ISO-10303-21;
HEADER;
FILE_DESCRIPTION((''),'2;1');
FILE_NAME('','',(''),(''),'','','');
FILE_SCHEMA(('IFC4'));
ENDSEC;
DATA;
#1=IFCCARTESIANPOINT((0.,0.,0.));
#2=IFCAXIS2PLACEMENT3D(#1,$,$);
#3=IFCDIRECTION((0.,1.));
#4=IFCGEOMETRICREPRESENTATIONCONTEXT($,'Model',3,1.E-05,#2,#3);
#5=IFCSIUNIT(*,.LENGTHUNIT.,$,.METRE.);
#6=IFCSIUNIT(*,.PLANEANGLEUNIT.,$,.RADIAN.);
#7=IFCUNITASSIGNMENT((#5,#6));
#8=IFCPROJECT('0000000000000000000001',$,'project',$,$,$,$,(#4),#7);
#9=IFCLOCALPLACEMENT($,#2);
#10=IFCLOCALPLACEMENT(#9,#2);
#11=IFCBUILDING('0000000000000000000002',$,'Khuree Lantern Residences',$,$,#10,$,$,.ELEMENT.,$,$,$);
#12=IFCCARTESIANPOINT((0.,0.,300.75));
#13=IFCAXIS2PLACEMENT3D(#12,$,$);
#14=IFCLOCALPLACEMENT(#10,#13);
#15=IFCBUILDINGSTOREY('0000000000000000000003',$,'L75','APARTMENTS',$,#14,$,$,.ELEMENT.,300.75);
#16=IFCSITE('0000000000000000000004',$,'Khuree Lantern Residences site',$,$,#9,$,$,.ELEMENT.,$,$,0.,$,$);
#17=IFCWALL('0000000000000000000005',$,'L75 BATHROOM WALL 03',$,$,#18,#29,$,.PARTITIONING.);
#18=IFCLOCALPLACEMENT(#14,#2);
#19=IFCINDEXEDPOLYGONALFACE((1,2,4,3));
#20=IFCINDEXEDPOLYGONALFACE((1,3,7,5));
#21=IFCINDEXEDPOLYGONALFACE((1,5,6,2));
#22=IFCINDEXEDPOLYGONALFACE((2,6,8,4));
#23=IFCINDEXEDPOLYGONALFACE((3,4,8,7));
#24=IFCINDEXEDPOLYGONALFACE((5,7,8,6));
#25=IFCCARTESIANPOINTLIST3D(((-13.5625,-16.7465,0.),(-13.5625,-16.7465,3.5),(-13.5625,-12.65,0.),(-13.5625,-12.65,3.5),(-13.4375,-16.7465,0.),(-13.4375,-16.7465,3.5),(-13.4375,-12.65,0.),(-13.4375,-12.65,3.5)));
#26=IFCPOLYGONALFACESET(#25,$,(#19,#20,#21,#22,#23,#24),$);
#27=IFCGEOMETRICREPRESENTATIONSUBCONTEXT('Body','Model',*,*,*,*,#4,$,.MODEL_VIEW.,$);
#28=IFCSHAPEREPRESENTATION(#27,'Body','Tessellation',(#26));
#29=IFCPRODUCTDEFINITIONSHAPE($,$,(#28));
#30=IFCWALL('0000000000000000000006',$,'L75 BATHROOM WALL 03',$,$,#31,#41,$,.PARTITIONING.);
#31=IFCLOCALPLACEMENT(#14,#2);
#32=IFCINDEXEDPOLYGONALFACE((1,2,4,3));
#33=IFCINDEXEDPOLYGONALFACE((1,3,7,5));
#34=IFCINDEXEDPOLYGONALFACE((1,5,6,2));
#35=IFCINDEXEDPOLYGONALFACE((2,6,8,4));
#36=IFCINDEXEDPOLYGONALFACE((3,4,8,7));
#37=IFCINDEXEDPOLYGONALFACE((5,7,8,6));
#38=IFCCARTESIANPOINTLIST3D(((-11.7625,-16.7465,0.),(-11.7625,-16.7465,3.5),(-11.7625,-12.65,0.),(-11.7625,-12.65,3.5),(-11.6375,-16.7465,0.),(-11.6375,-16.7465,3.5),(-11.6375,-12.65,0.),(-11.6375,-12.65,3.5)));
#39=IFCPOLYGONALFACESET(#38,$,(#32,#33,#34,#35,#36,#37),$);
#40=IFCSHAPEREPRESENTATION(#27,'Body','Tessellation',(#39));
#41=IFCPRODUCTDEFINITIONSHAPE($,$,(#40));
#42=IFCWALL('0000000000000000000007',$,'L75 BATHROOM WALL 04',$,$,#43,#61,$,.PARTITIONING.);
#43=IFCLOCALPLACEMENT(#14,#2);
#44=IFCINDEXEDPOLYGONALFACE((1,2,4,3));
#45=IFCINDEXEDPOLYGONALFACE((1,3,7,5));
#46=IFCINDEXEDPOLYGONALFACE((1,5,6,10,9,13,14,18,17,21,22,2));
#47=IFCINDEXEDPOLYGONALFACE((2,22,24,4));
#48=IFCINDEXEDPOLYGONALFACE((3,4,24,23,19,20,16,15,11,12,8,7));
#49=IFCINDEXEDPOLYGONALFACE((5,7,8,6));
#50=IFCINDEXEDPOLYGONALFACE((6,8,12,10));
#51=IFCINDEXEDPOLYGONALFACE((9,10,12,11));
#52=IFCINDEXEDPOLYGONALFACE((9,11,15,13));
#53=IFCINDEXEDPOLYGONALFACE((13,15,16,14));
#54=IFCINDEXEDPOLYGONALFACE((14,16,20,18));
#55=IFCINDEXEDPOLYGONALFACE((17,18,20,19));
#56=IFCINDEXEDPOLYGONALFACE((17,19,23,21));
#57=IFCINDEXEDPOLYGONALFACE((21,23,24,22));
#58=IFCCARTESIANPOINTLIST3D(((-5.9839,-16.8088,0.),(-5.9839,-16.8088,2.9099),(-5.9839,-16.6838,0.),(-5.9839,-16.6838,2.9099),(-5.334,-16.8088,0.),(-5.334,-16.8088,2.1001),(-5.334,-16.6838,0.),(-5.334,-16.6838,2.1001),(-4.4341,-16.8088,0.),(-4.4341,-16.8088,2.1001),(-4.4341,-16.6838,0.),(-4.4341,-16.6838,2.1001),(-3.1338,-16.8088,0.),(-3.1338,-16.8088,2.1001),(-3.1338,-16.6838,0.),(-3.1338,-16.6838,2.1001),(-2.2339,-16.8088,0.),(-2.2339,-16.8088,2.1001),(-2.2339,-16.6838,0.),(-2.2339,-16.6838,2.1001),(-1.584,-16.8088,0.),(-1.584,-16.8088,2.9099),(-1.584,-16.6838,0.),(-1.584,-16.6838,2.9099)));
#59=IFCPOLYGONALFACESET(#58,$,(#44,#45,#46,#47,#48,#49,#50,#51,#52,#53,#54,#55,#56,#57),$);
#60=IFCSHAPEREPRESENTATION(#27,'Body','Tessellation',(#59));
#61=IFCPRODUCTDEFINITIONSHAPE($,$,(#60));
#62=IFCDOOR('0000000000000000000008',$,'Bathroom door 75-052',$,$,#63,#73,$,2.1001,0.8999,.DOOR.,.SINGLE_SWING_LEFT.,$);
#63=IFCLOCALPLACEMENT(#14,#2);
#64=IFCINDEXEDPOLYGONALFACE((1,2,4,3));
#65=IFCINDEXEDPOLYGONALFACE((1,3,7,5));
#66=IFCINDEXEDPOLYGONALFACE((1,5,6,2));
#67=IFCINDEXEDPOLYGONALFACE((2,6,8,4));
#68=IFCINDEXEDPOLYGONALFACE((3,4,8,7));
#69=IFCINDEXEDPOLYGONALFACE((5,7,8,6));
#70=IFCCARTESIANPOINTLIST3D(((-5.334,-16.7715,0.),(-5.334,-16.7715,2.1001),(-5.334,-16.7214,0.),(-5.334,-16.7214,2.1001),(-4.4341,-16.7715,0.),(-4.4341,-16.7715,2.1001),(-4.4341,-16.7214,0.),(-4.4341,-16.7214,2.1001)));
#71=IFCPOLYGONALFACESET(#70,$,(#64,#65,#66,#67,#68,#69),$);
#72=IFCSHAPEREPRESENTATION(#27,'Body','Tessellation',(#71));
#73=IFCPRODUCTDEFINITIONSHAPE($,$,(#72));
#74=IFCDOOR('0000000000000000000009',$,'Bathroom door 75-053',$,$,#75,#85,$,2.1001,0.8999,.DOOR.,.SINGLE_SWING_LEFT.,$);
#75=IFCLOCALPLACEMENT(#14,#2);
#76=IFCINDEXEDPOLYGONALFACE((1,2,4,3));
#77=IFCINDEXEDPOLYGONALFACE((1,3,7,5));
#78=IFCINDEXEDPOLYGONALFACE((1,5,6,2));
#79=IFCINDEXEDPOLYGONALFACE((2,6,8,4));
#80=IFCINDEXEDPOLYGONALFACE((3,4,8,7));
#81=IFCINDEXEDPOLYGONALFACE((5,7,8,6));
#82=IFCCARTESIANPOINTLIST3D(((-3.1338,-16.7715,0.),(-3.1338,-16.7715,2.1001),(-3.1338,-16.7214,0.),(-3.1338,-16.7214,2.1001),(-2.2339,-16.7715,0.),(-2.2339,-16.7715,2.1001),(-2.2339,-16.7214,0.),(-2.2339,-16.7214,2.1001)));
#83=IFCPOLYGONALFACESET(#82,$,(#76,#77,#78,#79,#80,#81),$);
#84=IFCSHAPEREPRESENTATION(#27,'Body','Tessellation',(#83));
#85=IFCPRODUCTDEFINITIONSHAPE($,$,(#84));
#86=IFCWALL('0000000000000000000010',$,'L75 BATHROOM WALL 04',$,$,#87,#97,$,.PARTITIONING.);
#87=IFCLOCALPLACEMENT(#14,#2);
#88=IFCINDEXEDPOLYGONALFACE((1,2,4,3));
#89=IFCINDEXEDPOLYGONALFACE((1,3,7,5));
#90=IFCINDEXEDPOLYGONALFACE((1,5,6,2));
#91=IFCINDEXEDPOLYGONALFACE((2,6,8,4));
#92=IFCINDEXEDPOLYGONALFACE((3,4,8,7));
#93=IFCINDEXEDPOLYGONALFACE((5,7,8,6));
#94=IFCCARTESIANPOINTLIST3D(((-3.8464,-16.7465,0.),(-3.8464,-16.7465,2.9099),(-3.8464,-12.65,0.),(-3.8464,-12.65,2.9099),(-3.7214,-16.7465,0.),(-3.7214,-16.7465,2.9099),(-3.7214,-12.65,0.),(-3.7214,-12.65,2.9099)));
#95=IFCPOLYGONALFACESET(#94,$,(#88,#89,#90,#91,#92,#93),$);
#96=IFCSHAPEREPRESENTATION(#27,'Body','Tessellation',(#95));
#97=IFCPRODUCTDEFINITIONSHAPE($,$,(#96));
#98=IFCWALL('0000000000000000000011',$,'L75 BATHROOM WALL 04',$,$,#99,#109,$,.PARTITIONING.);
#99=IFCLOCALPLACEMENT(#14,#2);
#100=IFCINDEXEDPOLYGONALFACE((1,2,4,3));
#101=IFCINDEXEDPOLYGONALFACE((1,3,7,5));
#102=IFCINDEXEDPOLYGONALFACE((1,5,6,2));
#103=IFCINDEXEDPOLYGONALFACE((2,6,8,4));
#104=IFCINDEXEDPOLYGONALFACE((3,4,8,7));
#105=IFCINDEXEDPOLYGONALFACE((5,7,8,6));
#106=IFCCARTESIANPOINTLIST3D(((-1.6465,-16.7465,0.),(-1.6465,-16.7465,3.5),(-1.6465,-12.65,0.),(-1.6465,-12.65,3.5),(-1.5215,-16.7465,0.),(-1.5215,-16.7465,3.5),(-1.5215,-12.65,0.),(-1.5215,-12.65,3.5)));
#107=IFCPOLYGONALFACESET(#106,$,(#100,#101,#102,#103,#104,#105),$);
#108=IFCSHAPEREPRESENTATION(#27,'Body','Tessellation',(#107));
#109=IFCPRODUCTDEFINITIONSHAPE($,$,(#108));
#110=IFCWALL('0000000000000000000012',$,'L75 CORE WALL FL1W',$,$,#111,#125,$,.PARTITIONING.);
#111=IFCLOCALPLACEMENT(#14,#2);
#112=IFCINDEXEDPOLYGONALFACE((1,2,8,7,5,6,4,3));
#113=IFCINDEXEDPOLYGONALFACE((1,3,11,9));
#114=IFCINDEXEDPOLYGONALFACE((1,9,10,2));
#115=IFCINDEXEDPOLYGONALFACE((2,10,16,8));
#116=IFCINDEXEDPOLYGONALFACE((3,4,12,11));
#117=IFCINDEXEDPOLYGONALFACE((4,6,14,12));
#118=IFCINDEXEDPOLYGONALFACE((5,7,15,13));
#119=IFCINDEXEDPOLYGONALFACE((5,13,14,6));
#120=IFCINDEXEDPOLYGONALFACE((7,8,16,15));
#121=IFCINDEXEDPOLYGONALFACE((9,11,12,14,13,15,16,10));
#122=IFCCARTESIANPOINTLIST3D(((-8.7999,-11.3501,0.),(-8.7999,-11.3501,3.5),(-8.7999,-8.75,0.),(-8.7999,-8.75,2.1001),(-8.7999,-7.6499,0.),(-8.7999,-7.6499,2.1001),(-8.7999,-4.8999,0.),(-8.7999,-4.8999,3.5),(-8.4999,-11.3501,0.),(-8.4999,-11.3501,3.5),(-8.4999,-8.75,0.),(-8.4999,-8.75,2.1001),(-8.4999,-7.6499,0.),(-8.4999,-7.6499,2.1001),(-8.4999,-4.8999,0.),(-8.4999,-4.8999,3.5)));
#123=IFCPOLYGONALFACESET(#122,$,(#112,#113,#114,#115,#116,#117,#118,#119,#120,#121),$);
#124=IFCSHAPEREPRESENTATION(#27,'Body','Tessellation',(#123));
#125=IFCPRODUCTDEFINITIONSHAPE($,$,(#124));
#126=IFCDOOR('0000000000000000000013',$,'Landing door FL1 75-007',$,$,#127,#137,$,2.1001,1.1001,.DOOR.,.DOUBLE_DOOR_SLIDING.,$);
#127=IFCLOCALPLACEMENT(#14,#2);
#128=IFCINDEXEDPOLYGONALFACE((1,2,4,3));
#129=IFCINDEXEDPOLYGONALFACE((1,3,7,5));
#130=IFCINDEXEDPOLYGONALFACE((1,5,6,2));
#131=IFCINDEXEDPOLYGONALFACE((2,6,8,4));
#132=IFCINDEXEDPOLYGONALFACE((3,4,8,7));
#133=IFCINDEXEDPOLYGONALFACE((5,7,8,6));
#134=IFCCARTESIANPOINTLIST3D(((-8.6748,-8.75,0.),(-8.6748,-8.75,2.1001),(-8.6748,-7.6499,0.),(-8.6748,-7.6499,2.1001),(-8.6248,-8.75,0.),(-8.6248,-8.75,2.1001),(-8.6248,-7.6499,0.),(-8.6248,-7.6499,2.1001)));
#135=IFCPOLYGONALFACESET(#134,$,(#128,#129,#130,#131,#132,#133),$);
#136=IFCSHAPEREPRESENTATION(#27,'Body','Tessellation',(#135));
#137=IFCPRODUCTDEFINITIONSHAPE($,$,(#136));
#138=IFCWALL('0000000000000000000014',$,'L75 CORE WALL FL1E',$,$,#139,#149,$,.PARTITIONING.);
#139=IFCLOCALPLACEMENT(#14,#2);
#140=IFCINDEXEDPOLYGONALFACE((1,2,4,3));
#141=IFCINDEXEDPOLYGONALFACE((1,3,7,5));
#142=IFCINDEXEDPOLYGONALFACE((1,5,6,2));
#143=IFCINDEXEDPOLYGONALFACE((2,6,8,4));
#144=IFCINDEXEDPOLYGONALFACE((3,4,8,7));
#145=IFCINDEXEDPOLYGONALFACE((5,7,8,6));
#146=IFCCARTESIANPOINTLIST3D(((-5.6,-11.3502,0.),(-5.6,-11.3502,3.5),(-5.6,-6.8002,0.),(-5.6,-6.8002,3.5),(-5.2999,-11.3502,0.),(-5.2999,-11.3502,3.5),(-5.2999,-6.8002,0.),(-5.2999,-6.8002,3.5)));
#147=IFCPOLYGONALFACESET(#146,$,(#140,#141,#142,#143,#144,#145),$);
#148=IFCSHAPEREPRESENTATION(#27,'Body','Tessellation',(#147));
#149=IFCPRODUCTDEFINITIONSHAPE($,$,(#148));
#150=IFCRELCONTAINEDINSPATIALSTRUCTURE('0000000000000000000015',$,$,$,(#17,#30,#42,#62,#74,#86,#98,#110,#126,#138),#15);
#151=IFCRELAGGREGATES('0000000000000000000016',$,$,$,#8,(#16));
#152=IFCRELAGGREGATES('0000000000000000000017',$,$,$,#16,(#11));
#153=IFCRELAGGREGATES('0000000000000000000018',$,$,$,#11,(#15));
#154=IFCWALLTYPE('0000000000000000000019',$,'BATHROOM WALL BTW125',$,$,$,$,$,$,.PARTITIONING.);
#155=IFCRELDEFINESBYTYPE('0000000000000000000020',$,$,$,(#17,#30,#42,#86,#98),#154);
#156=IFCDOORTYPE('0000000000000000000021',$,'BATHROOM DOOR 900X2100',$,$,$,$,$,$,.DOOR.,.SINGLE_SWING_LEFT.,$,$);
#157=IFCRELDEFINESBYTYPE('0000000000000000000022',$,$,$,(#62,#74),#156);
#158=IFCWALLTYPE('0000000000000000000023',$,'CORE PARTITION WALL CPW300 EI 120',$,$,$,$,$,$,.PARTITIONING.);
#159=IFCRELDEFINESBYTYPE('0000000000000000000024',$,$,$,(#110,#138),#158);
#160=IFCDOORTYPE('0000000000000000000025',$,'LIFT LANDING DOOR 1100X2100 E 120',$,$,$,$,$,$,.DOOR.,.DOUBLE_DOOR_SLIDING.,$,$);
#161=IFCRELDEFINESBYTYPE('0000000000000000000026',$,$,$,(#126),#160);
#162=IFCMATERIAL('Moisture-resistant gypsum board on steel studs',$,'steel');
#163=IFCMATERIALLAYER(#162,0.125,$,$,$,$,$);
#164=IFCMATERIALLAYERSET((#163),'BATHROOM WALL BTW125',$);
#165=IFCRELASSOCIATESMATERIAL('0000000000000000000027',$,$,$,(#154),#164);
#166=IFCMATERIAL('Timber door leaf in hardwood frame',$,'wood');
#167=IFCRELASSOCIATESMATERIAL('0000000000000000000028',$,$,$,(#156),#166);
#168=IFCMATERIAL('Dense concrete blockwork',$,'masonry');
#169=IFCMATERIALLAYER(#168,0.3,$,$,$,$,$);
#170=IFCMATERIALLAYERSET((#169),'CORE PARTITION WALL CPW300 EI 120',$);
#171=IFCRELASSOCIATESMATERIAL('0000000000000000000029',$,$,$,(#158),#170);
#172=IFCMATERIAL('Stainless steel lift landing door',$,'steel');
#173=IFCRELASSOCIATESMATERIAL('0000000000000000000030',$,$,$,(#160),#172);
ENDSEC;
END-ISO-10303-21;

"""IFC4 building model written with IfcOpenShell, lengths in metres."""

from ifc_helpers import new_model, si_unit, direction, frame, frame_2d, origin, place, context, subcontext, project, spatial, rectangle, extrude, material, layer, layer_set, type_object, element, fill, save


model = new_model("IFC4")

# Units and contexts
model_context = context("Model", 3, precision=1e-05, world=origin(), true_north=direction((0.0, 1.0)))
body_context = subcontext(model_context, "Body", "Model", "MODEL_VIEW")
ifc_project = project(units=[si_unit("LENGTHUNIT", "METRE"), si_unit("PLANEANGLEUNIT", "RADIAN")], contexts=[model_context])

# Site, building, storey
site_placement = place(None, origin())
site = spatial("IfcSite", under=ifc_project, at=site_placement, Name="Khuree Lantern Residences site", CompositionType="ELEMENT", RefElevation=0.0)
building_placement = place(site_placement, origin())
building = spatial("IfcBuilding", under=site, at=building_placement, Name="Khuree Lantern Residences", CompositionType="ELEMENT")
storey_placement = place(building_placement, frame((0.0, 0.0, 300.75)))
storey = spatial("IfcBuildingStorey", under=building, at=storey_placement, Name="L75", Description="APARTMENTS", CompositionType="ELEMENT", Elevation=300.75)

# Walls
ifc_material_1 = material(Name="Moisture-resistant gypsum board on steel studs", Category="steel")
ifc_layer_1 = layer(ifc_material_1, 0.125)
ifc_layer_set_1 = layer_set([ifc_layer_1], Name="BATHROOM WALL BTW125")
wall_type_1 = type_object("IfcWallType", Name="BATHROOM WALL BTW125", PredefinedType="PARTITIONING", material=ifc_layer_set_1)
for number, where, z_axis, x_axis, name in (
    (1, (-13.5, -12.6499, 0.0), (0.0, 0.0, 1.0), (0.0, -1.0, 0.0), "L75 BATHROOM WALL 03"),
    (2, (-11.7, -12.6499, 0.0), (0.0, 0.0, 1.0), (0.0, -1.0, 0.0), "L75 BATHROOM WALL 03"),
):
    element("IfcWall", number, at=place(storey_placement, frame(where, z_axis=z_axis, x_axis=x_axis)), inside=storey, type_object=wall_type_1, Name=name, PredefinedType="PARTITIONING", context=body_context, shape_type="SweptSolid", body=[
        extrude(rectangle(XDim=4.0964, YDim=0.125, at=frame_2d((2.0483, 0.0))), origin(), (0.0, 0.0, 1.0), 3.5),
    ])

# Wall, openings, doors
wall_1_placement = place(storey_placement, frame((-5.9839, -16.7463, 0.0), z_axis=(0.0, 0.0, 1.0), x_axis=(1.0, 0.0, 0.0)))
wall_1 = element("IfcWall", 3, at=wall_1_placement, inside=storey, type_object=wall_type_1, Name="L75 BATHROOM WALL 04", PredefinedType="PARTITIONING", context=body_context, shape_type="SweptSolid", body=[
    extrude(rectangle(XDim=4.3999, YDim=0.125, at=frame_2d((2.2, 0.0))), origin(), (0.0, 0.0, 1.0), 2.9099),
])
opening_1_placement = place(wall_1_placement, frame((0.6499, 0.0, 0.0)))
opening_1 = element("IfcOpeningElement", 4, at=opening_1_placement, cuts=wall_1, PredefinedType="OPENING", context=body_context, shape_type="SweptSolid", body=[
    extrude(rectangle(XDim=0.8999, YDim=2.1001, at=frame_2d((0.45, 1.05))), frame((0.0, 0.0725, 0.0), z_axis=(0.0, -1.0, 0.0), x_axis=(1.0, 0.0, 0.0)), (0.0, 0.0, 1.0), 0.145),
])
opening_2_placement = place(wall_1_placement, frame((2.8501, 0.0, 0.0)))
opening_2 = element("IfcOpeningElement", 5, at=opening_2_placement, cuts=wall_1, PredefinedType="OPENING", context=body_context, shape_type="SweptSolid", body=[
    extrude(rectangle(XDim=0.8999, YDim=2.1001, at=frame_2d((0.45, 1.05))), frame((0.0, 0.0725, 0.0), z_axis=(0.0, -1.0, 0.0), x_axis=(1.0, 0.0, 0.0)), (0.0, 0.0, 1.0), 0.145),
])
ifc_material_2 = material(Name="Timber door leaf in hardwood frame", Category="wood")
door_type_1 = type_object("IfcDoorType", Name="BATHROOM DOOR 900X2100", OperationType="SINGLE_SWING_LEFT", PredefinedType="DOOR", material=ifc_material_2)
door_1_placement = place(opening_1_placement, origin())
door_1 = element("IfcDoor", 6, at=door_1_placement, inside=storey, type_object=door_type_1, Name="Bathroom door 75-052", OperationType="SINGLE_SWING_LEFT", OverallHeight=2.1001, OverallWidth=0.8999, PredefinedType="DOOR", context=body_context, shape_type="SweptSolid", body=[
    extrude(rectangle(XDim=0.8999, YDim=2.1001, at=frame_2d((0.45, 1.05))), frame((0.0, 0.0249, 0.0), z_axis=(0.0, -1.0, 0.0), x_axis=(1.0, 0.0, 0.0)), (0.0, 0.0, 1.0), 0.05),
])
fill(opening_1, door_1)
door_2_placement = place(opening_2_placement, origin())
door_2 = element("IfcDoor", 7, at=door_2_placement, inside=storey, type_object=door_type_1, Name="Bathroom door 75-053", OperationType="SINGLE_SWING_LEFT", OverallHeight=2.1001, OverallWidth=0.8999, PredefinedType="DOOR", context=body_context, shape_type="SweptSolid", body=[
    extrude(rectangle(XDim=0.8999, YDim=2.1001, at=frame_2d((0.45, 1.05))), frame((0.0, 0.0249, 0.0), z_axis=(0.0, -1.0, 0.0), x_axis=(1.0, 0.0, 0.0)), (0.0, 0.0, 1.0), 0.05),
])
fill(opening_2, door_2)

# Walls
wall_2_placement = place(storey_placement, frame((-3.7839, -12.6499, 0.0), z_axis=(0.0, 0.0, 1.0), x_axis=(0.0, -1.0, 0.0)))
element("IfcWall", 8, at=wall_2_placement, inside=storey, type_object=wall_type_1, Name="L75 BATHROOM WALL 04", PredefinedType="PARTITIONING", context=body_context, shape_type="SweptSolid", body=[
    extrude(rectangle(XDim=4.0964, YDim=0.125, at=frame_2d((2.0483, 0.0))), origin(), (0.0, 0.0, 1.0), 2.9099),
])
wall_3_placement = place(storey_placement, frame((-1.584, -12.6499, 0.0), z_axis=(0.0, 0.0, 1.0), x_axis=(0.0, -1.0, 0.0)))
element("IfcWall", 9, at=wall_3_placement, inside=storey, type_object=wall_type_1, Name="L75 BATHROOM WALL 04", PredefinedType="PARTITIONING", context=body_context, shape_type="SweptSolid", body=[
    extrude(rectangle(XDim=4.0964, YDim=0.125, at=frame_2d((2.0483, 0.0))), origin(), (0.0, 0.0, 1.0), 3.5),
])

# Wall, opening, door
ifc_material_3 = material(Name="Dense concrete blockwork", Category="masonry")
ifc_layer_2 = layer(ifc_material_3, 0.3)
ifc_layer_set_2 = layer_set([ifc_layer_2], Name="CORE PARTITION WALL CPW300 EI 120")
wall_type_2 = type_object("IfcWallType", Name="CORE PARTITION WALL CPW300 EI 120", PredefinedType="PARTITIONING", material=ifc_layer_set_2)
wall_4_placement = place(storey_placement, frame((-8.6499, -11.3501, 0.0), z_axis=(0.0, 0.0, 1.0), x_axis=(0.0, 1.0, 0.0)))
wall_4 = element("IfcWall", 10, at=wall_4_placement, inside=storey, type_object=wall_type_2, Name="L75 CORE WALL FL1W", PredefinedType="PARTITIONING", context=body_context, shape_type="SweptSolid", body=[
    extrude(rectangle(XDim=6.4502, YDim=0.3, at=frame_2d((3.2251, 0.0))), origin(), (0.0, 0.0, 1.0), 3.5),
])
opening_3_placement = place(wall_4_placement, frame((2.6001, 0.0, 0.0)))
opening_3 = element("IfcOpeningElement", 11, at=opening_3_placement, cuts=wall_4, PredefinedType="OPENING", context=body_context, shape_type="SweptSolid", body=[
    extrude(rectangle(XDim=1.1001, YDim=2.1001, at=frame_2d((0.55, 1.05))), frame((0.0, 0.1602, 0.0), z_axis=(0.0, -1.0, 0.0), x_axis=(1.0, 0.0, 0.0)), (0.0, 0.0, 1.0), 0.3201),
])
ifc_material_4 = material(Name="Stainless steel lift landing door", Category="steel")
door_type_2 = type_object("IfcDoorType", Name="LIFT LANDING DOOR 1100X2100 E 120", OperationType="DOUBLE_DOOR_SLIDING", PredefinedType="DOOR", material=ifc_material_4)
door_3_placement = place(opening_3_placement, origin())
door_3 = element("IfcDoor", 12, at=door_3_placement, inside=storey, type_object=door_type_2, Name="Landing door FL1 75-007", OperationType="DOUBLE_DOOR_SLIDING", OverallHeight=2.1001, OverallWidth=1.1001, PredefinedType="DOOR", context=body_context, shape_type="SweptSolid", body=[
    extrude(rectangle(XDim=1.1001, YDim=2.1001, at=frame_2d((0.55, 1.05))), frame((0.0, 0.0249, 0.0), z_axis=(0.0, -1.0, 0.0), x_axis=(1.0, 0.0, 0.0)), (0.0, 0.0, 1.0), 0.05),
])
fill(opening_3, door_3)

# Wall
wall_5_placement = place(storey_placement, frame((-5.45, -11.3501, 0.0), z_axis=(0.0, 0.0, 1.0), x_axis=(0.0, 1.0, 0.0)))
element("IfcWall", 13, at=wall_5_placement, inside=storey, type_object=wall_type_2, Name="L75 CORE WALL FL1E", PredefinedType="PARTITIONING", context=body_context, shape_type="SweptSolid", body=[
    extrude(rectangle(XDim=4.55, YDim=0.3, at=frame_2d((2.2749, 0.0))), origin(), (0.0, 0.0, 1.0), 3.5),
])

save(model, "model.ifc")
